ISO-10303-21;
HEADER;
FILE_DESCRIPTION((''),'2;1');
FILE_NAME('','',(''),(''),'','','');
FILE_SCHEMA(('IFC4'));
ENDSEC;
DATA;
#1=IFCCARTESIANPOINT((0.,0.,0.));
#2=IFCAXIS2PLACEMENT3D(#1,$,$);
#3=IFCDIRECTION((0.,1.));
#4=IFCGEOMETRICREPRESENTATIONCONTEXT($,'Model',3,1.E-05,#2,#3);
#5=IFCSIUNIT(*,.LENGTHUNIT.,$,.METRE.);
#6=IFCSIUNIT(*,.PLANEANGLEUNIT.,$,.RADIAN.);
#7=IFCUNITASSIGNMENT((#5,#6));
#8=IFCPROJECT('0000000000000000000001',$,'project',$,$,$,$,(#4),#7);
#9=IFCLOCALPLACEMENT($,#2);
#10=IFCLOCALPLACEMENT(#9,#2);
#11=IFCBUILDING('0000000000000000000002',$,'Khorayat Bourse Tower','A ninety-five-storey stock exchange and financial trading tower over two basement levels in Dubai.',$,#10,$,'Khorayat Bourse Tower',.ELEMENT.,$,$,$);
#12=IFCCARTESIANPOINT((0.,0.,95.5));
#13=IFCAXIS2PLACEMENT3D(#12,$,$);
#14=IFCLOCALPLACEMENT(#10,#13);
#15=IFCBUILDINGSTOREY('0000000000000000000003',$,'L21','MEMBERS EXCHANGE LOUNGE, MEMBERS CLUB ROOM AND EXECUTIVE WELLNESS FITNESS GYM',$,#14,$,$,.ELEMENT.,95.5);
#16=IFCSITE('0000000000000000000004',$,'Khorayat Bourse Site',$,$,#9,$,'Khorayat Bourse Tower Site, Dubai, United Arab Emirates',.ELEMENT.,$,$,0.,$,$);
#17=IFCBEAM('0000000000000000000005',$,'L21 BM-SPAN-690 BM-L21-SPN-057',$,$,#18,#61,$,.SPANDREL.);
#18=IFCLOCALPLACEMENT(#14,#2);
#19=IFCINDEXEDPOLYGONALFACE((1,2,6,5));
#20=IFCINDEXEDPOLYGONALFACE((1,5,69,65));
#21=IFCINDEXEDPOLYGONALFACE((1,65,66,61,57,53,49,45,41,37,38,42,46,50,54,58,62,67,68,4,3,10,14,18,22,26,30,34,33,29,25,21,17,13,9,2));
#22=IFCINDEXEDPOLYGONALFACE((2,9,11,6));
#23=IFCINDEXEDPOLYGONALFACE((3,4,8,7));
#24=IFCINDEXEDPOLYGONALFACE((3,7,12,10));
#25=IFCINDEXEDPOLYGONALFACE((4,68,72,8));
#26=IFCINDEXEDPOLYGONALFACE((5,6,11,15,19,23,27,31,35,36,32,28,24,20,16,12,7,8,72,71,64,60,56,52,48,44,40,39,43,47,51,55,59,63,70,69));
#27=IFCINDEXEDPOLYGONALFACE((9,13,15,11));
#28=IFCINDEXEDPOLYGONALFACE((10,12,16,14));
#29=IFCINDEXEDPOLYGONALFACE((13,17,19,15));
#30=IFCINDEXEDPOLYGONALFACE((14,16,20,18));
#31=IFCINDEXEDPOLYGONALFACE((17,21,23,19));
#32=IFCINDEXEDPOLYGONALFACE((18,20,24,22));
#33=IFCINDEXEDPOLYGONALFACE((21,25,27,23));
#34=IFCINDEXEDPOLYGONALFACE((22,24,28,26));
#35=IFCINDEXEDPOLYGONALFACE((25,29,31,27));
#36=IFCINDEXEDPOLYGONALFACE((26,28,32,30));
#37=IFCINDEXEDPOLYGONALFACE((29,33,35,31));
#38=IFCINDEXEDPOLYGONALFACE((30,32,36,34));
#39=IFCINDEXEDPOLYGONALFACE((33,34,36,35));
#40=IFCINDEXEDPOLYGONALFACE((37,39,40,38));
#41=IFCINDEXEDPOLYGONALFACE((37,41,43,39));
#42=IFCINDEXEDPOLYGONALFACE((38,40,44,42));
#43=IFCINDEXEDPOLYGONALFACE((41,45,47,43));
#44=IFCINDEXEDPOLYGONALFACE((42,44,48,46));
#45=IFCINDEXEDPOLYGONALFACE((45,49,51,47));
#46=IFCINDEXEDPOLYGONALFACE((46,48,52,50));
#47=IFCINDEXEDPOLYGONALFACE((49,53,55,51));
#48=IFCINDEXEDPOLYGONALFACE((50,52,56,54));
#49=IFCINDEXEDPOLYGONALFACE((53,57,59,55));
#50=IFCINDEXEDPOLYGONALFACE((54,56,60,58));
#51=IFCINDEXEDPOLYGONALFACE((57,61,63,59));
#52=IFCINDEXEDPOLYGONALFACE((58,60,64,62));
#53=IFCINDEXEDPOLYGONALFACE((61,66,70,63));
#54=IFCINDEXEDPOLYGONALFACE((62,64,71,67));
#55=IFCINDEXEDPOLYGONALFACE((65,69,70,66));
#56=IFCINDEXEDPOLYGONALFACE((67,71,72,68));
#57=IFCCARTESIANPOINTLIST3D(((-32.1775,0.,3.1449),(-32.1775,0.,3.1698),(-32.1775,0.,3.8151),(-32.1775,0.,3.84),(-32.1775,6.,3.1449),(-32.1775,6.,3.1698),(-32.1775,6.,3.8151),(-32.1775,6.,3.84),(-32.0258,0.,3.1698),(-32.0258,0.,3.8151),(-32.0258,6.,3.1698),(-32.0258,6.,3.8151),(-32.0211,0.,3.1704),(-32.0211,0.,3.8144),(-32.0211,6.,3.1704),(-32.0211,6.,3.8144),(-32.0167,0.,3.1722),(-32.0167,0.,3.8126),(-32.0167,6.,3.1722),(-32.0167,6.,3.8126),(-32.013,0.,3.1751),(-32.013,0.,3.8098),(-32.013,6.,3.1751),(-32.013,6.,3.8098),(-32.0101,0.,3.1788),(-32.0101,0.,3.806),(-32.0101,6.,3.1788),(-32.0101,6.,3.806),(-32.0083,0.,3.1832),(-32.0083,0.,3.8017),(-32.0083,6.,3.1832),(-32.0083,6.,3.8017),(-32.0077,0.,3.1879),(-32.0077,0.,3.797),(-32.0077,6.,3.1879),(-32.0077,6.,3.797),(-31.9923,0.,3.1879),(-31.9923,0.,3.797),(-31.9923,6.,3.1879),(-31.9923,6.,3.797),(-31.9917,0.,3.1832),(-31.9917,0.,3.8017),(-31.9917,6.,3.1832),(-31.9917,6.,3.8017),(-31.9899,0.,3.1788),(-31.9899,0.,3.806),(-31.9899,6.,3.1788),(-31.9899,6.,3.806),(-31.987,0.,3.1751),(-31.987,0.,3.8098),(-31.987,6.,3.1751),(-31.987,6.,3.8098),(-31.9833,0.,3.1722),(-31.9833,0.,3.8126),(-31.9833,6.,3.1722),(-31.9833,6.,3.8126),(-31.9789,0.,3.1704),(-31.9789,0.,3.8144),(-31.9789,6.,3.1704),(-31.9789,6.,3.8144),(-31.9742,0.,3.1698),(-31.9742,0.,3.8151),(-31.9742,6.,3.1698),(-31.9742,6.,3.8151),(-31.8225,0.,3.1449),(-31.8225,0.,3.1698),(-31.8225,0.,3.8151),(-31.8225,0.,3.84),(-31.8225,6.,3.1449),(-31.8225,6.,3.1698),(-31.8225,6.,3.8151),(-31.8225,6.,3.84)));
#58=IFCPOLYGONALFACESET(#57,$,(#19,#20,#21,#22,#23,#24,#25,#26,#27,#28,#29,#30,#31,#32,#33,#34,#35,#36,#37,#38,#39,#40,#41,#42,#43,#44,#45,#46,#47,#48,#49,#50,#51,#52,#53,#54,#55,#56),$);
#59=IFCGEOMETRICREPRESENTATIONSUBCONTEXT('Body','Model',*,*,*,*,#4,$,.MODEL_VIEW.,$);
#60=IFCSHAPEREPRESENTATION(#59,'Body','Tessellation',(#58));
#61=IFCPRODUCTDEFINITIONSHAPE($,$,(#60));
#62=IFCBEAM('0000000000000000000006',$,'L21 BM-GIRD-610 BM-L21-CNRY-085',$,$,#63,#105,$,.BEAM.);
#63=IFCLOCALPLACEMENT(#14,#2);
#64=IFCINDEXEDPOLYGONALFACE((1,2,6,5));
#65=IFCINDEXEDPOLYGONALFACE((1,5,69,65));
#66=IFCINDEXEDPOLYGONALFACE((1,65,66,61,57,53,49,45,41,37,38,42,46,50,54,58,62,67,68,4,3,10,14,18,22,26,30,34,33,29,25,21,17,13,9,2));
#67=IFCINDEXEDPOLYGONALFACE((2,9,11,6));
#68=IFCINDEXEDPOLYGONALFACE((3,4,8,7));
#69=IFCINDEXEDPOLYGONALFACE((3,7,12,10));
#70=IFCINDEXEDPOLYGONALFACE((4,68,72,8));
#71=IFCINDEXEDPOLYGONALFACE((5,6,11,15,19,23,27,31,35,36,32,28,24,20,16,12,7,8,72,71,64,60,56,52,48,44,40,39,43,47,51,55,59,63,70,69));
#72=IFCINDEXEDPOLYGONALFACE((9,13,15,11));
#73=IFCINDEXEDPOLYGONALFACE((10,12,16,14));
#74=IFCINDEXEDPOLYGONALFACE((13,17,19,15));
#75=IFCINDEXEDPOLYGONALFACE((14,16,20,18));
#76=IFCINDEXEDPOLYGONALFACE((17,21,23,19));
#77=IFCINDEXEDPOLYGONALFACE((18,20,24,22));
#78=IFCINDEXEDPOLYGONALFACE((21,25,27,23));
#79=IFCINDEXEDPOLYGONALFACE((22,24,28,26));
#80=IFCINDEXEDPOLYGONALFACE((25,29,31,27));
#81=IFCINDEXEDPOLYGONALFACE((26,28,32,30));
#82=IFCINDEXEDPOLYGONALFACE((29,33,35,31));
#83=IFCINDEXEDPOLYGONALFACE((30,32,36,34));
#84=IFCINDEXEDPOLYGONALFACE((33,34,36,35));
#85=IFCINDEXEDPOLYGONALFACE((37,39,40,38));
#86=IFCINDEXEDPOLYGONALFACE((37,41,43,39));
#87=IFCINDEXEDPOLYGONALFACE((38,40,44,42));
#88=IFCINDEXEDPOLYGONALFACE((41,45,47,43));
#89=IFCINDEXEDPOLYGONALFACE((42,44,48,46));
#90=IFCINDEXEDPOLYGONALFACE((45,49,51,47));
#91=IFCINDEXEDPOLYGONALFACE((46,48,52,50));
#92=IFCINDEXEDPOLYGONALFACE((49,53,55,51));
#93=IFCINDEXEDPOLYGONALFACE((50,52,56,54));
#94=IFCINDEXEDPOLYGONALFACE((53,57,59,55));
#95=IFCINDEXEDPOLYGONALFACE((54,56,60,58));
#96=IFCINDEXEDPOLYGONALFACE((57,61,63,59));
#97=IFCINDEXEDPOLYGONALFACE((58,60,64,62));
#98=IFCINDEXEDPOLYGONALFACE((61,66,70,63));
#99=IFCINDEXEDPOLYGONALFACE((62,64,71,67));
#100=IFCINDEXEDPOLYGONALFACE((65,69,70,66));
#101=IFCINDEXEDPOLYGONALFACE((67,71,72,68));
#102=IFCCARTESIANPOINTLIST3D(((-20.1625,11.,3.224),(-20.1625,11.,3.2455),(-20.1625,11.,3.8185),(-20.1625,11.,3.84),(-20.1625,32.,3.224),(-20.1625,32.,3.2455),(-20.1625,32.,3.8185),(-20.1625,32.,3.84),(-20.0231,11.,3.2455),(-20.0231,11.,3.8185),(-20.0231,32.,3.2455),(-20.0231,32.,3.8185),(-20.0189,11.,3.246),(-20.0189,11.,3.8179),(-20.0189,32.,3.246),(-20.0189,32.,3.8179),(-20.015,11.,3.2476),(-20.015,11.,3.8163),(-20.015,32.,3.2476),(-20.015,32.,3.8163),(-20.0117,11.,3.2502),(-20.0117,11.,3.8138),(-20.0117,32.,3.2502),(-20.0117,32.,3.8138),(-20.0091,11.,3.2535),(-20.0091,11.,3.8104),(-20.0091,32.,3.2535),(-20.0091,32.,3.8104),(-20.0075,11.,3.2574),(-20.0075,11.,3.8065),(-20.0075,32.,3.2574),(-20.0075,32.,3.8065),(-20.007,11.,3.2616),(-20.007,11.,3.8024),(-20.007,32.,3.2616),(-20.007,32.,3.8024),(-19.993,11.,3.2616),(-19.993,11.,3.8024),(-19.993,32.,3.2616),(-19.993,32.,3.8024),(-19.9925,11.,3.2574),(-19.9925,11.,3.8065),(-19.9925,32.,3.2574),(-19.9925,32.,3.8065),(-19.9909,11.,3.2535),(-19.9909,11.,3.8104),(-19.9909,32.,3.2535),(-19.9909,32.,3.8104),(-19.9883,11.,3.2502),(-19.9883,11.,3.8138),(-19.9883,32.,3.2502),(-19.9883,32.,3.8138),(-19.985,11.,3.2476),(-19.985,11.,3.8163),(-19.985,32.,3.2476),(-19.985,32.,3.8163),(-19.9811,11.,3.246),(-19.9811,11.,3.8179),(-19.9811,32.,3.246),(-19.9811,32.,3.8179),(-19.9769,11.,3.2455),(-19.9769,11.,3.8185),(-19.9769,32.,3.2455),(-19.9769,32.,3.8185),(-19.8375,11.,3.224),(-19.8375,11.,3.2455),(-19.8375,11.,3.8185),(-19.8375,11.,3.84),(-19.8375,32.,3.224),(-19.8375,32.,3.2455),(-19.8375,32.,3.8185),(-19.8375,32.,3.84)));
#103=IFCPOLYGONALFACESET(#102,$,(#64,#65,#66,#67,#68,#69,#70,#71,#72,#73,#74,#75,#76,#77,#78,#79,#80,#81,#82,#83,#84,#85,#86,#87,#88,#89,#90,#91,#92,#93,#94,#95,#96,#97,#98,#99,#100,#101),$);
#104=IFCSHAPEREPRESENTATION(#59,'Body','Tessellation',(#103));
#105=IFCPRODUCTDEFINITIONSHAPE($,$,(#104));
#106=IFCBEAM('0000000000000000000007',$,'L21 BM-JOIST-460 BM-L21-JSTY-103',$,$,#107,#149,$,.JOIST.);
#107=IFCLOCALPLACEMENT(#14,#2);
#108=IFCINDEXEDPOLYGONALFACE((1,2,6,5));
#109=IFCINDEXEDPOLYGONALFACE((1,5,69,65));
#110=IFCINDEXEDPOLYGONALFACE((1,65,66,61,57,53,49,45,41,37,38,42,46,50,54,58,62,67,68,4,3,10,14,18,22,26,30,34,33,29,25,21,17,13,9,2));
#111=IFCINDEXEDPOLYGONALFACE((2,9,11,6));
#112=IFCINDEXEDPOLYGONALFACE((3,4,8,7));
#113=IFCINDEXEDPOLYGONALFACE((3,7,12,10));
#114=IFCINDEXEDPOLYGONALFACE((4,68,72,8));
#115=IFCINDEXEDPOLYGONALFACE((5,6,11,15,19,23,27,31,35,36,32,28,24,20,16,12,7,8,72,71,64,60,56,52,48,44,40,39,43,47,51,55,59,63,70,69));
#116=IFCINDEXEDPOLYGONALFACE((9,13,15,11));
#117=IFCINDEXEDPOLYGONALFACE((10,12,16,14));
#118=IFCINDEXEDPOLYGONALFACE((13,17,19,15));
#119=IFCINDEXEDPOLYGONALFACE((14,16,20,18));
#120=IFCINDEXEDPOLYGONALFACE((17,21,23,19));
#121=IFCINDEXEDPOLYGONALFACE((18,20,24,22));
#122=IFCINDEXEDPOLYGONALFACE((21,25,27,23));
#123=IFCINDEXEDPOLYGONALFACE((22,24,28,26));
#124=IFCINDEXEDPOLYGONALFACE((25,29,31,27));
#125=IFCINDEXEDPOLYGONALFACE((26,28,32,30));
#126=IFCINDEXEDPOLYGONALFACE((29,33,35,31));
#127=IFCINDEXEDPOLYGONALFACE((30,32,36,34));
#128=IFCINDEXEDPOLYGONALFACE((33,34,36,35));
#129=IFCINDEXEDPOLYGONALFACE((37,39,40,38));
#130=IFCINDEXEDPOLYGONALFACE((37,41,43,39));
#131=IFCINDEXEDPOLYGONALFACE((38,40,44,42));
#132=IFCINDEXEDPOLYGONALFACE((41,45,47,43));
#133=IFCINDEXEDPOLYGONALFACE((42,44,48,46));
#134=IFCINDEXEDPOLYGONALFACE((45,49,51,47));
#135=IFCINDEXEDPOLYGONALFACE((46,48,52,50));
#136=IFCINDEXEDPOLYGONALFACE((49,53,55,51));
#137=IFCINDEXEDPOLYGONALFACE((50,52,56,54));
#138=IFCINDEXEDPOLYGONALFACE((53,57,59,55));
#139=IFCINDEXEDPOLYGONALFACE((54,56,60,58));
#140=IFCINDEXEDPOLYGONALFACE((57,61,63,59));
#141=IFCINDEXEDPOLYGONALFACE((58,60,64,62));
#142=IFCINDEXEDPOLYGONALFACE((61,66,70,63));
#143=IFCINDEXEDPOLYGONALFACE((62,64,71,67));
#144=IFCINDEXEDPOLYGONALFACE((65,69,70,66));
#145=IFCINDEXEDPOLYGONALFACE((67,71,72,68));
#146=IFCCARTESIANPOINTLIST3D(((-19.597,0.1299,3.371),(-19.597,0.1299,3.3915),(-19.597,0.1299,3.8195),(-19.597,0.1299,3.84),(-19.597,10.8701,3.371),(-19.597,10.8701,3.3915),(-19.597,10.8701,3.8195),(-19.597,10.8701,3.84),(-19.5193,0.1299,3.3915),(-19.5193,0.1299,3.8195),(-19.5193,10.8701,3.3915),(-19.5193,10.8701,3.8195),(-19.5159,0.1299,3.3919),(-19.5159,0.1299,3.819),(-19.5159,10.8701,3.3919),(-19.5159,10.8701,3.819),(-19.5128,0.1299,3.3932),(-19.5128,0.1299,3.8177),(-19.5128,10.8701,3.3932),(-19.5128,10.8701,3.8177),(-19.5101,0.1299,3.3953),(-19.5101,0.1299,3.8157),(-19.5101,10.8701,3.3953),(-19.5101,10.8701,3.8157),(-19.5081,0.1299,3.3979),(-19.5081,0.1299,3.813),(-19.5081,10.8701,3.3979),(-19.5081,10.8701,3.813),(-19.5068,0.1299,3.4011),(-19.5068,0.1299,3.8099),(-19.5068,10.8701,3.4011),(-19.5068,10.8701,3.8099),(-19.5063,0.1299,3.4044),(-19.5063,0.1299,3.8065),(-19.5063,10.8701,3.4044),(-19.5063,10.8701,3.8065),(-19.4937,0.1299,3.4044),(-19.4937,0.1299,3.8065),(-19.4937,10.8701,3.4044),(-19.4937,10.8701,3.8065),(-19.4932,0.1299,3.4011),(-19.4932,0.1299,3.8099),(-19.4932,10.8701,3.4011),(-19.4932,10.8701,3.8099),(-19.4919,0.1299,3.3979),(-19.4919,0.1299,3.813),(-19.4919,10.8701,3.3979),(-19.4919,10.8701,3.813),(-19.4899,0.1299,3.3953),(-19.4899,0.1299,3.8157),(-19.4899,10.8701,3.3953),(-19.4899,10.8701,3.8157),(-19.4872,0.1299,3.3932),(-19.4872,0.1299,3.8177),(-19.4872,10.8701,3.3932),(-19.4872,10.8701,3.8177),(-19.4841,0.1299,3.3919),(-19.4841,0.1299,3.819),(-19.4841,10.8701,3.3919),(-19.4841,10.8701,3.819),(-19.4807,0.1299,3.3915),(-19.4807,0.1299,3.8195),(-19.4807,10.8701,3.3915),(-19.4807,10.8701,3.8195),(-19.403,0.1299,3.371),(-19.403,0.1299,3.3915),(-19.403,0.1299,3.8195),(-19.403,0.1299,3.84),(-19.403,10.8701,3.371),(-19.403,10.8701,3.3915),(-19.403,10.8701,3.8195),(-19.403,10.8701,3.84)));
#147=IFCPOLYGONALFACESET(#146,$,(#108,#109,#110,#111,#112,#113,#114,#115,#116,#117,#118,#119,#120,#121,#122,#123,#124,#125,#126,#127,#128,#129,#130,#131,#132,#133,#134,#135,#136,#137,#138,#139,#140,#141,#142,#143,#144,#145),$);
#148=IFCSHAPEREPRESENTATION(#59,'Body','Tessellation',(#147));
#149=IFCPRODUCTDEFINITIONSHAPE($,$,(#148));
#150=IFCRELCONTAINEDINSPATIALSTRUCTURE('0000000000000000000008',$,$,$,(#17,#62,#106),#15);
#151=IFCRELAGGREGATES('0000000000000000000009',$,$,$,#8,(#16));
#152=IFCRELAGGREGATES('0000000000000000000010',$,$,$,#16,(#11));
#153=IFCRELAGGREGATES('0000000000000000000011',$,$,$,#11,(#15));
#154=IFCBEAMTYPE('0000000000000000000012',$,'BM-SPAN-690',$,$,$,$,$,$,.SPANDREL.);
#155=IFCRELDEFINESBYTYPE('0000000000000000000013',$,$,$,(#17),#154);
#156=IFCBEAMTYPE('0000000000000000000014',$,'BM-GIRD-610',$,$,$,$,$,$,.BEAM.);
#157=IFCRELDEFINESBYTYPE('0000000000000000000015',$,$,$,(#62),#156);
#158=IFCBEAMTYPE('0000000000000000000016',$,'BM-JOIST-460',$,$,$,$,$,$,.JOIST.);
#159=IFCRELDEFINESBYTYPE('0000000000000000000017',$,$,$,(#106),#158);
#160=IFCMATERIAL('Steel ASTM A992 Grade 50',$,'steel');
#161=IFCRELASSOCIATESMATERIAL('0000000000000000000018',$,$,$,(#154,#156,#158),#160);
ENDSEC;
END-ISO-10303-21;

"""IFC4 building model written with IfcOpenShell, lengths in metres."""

from ifc_helpers import new_model, si_unit, direction, frame, origin, origin_2d, place, context, subcontext, project, spatial, i_section, extrude, source, transform, mapped, material, material_profile, profile_set, type_object, element, save


model = new_model("IFC4")

# Units and contexts
model_context = context("Model", 3, precision=1e-05, world=origin(), true_north=direction((0.0, 1.0)))
body_context = subcontext(model_context, "Body", "Model", "MODEL_VIEW")
ifc_project = project(units=[si_unit("LENGTHUNIT", "METRE"), si_unit("PLANEANGLEUNIT", "RADIAN")], contexts=[model_context])

# Site, building, storey
site_placement = place(None, origin())
site = spatial("IfcSite", under=ifc_project, at=site_placement, Name="Khorayat Bourse Site", LongName="Khorayat Bourse Tower Site, Dubai, United Arab Emirates", CompositionType="ELEMENT", RefElevation=0.0)
building_placement = place(site_placement, origin())
building = spatial("IfcBuilding", under=site, at=building_placement, Name="Khorayat Bourse Tower", Description="A ninety-five-storey stock exchange and financial trading tower over two basement levels in Dubai.", LongName="Khorayat Bourse Tower", CompositionType="ELEMENT")
storey_placement = place(building_placement, frame((0.0, 0.0, 95.5)))
storey = spatial("IfcBuildingStorey", under=building, at=storey_placement, Name="L21", Description="MEMBERS EXCHANGE LOUNGE, MEMBERS CLUB ROOM AND EXECUTIVE WELLNESS FITNESS GYM", CompositionType="ELEMENT", Elevation=95.5)

# Beams
ifc_material_1 = material(Name="Steel ASTM A992 Grade 50", Category="steel")
ifc_material_profile_1 = material_profile(ifc_material_1, i_section(OverallWidth=0.355, OverallDepth=0.6951, WebThickness=0.0154, FlangeThickness=0.0249, FilletRadius=0.0181, at=origin_2d()), Name="W690X217")
ifc_profile_set_1 = profile_set([ifc_material_profile_1], Name="Steel ASTM A992 Grade 50")
beam_type_1 = type_object("IfcBeamType", Name="BM-SPAN-690", PredefinedType="SPANDREL", material=ifc_profile_set_1)
shared_shape_1 = source(origin(), body_context, "Body", "SweptSolid", [
    extrude(i_section(OverallWidth=0.355, OverallDepth=0.6951, WebThickness=0.0154, FlangeThickness=0.0249, FilletRadius=0.0181, at=origin_2d()), origin(), (0.0, 0.0, 1.0), 6.0),
])
beam_1_placement = place(storey_placement, frame((-32.0, 0.0, 3.4924), z_axis=(0.0, 1.0, 0.0), x_axis=(-1.0, 0.0, 0.0)))
element("IfcBeam", 1, at=beam_1_placement, inside=storey, type_object=beam_type_1, Name="L21 BM-SPAN-690 BM-L21-SPN-057", PredefinedType="SPANDREL", context=body_context, shape_type="MappedRepresentation", body=[
    mapped(shared_shape_1, transform((0.0, 0.0, 0.0), scale=1.0)),
])
ifc_material_profile_2 = material_profile(ifc_material_1, i_section(OverallWidth=0.325, OverallDepth=0.616, WebThickness=0.0139, FlangeThickness=0.0215, FilletRadius=0.0161, at=origin_2d()), Name="W610X174")
ifc_profile_set_2 = profile_set([ifc_material_profile_2], Name="Steel ASTM A992 Grade 50")
beam_type_2 = type_object("IfcBeamType", Name="BM-GIRD-610", PredefinedType="BEAM", material=ifc_profile_set_2)
shared_shape_2 = source(origin(), body_context, "Body", "SweptSolid", [
    extrude(i_section(OverallWidth=0.325, OverallDepth=0.616, WebThickness=0.0139, FlangeThickness=0.0215, FilletRadius=0.0161, at=origin_2d()), origin(), (0.0, 0.0, 1.0), 21.0),
])
beam_2_placement = place(storey_placement, frame((-20.0, 11.0, 3.532), z_axis=(0.0, 1.0, 0.0), x_axis=(-1.0, 0.0, 0.0)))
element("IfcBeam", 2, at=beam_2_placement, inside=storey, type_object=beam_type_2, Name="L21 BM-GIRD-610 BM-L21-CNRY-085", PredefinedType="BEAM", context=body_context, shape_type="MappedRepresentation", body=[
    mapped(shared_shape_2, transform((0.0, 0.0, 0.0), scale=1.0)),
])
ifc_material_profile_3 = material_profile(ifc_material_1, i_section(OverallWidth=0.1941, OverallDepth=0.469, WebThickness=0.0127, FlangeThickness=0.0205, FilletRadius=0.0129, at=origin_2d()), Name="W460X106")
ifc_profile_set_3 = profile_set([ifc_material_profile_3], Name="Steel ASTM A992 Grade 50")
beam_type_3 = type_object("IfcBeamType", Name="BM-JOIST-460", PredefinedType="JOIST", material=ifc_profile_set_3)
shared_shape_3 = source(origin(), body_context, "Body", "SweptSolid", [
    extrude(i_section(OverallWidth=0.1941, OverallDepth=0.469, WebThickness=0.0127, FlangeThickness=0.0205, FilletRadius=0.0129, at=origin_2d()), origin(), (0.0, 0.0, 1.0), 10.7402),
])
beam_3_placement = place(storey_placement, frame((-19.5, 0.1299, 3.6055), z_axis=(0.0, 1.0, 0.0), x_axis=(-1.0, 0.0, 0.0)))
element("IfcBeam", 3, at=beam_3_placement, inside=storey, type_object=beam_type_3, Name="L21 BM-JOIST-460 BM-L21-JSTY-103", PredefinedType="JOIST", context=body_context, shape_type="MappedRepresentation", body=[
    mapped(shared_shape_3, transform((0.0, 0.0, 0.0), scale=1.0)),
])

save(model, "model.ifc")
